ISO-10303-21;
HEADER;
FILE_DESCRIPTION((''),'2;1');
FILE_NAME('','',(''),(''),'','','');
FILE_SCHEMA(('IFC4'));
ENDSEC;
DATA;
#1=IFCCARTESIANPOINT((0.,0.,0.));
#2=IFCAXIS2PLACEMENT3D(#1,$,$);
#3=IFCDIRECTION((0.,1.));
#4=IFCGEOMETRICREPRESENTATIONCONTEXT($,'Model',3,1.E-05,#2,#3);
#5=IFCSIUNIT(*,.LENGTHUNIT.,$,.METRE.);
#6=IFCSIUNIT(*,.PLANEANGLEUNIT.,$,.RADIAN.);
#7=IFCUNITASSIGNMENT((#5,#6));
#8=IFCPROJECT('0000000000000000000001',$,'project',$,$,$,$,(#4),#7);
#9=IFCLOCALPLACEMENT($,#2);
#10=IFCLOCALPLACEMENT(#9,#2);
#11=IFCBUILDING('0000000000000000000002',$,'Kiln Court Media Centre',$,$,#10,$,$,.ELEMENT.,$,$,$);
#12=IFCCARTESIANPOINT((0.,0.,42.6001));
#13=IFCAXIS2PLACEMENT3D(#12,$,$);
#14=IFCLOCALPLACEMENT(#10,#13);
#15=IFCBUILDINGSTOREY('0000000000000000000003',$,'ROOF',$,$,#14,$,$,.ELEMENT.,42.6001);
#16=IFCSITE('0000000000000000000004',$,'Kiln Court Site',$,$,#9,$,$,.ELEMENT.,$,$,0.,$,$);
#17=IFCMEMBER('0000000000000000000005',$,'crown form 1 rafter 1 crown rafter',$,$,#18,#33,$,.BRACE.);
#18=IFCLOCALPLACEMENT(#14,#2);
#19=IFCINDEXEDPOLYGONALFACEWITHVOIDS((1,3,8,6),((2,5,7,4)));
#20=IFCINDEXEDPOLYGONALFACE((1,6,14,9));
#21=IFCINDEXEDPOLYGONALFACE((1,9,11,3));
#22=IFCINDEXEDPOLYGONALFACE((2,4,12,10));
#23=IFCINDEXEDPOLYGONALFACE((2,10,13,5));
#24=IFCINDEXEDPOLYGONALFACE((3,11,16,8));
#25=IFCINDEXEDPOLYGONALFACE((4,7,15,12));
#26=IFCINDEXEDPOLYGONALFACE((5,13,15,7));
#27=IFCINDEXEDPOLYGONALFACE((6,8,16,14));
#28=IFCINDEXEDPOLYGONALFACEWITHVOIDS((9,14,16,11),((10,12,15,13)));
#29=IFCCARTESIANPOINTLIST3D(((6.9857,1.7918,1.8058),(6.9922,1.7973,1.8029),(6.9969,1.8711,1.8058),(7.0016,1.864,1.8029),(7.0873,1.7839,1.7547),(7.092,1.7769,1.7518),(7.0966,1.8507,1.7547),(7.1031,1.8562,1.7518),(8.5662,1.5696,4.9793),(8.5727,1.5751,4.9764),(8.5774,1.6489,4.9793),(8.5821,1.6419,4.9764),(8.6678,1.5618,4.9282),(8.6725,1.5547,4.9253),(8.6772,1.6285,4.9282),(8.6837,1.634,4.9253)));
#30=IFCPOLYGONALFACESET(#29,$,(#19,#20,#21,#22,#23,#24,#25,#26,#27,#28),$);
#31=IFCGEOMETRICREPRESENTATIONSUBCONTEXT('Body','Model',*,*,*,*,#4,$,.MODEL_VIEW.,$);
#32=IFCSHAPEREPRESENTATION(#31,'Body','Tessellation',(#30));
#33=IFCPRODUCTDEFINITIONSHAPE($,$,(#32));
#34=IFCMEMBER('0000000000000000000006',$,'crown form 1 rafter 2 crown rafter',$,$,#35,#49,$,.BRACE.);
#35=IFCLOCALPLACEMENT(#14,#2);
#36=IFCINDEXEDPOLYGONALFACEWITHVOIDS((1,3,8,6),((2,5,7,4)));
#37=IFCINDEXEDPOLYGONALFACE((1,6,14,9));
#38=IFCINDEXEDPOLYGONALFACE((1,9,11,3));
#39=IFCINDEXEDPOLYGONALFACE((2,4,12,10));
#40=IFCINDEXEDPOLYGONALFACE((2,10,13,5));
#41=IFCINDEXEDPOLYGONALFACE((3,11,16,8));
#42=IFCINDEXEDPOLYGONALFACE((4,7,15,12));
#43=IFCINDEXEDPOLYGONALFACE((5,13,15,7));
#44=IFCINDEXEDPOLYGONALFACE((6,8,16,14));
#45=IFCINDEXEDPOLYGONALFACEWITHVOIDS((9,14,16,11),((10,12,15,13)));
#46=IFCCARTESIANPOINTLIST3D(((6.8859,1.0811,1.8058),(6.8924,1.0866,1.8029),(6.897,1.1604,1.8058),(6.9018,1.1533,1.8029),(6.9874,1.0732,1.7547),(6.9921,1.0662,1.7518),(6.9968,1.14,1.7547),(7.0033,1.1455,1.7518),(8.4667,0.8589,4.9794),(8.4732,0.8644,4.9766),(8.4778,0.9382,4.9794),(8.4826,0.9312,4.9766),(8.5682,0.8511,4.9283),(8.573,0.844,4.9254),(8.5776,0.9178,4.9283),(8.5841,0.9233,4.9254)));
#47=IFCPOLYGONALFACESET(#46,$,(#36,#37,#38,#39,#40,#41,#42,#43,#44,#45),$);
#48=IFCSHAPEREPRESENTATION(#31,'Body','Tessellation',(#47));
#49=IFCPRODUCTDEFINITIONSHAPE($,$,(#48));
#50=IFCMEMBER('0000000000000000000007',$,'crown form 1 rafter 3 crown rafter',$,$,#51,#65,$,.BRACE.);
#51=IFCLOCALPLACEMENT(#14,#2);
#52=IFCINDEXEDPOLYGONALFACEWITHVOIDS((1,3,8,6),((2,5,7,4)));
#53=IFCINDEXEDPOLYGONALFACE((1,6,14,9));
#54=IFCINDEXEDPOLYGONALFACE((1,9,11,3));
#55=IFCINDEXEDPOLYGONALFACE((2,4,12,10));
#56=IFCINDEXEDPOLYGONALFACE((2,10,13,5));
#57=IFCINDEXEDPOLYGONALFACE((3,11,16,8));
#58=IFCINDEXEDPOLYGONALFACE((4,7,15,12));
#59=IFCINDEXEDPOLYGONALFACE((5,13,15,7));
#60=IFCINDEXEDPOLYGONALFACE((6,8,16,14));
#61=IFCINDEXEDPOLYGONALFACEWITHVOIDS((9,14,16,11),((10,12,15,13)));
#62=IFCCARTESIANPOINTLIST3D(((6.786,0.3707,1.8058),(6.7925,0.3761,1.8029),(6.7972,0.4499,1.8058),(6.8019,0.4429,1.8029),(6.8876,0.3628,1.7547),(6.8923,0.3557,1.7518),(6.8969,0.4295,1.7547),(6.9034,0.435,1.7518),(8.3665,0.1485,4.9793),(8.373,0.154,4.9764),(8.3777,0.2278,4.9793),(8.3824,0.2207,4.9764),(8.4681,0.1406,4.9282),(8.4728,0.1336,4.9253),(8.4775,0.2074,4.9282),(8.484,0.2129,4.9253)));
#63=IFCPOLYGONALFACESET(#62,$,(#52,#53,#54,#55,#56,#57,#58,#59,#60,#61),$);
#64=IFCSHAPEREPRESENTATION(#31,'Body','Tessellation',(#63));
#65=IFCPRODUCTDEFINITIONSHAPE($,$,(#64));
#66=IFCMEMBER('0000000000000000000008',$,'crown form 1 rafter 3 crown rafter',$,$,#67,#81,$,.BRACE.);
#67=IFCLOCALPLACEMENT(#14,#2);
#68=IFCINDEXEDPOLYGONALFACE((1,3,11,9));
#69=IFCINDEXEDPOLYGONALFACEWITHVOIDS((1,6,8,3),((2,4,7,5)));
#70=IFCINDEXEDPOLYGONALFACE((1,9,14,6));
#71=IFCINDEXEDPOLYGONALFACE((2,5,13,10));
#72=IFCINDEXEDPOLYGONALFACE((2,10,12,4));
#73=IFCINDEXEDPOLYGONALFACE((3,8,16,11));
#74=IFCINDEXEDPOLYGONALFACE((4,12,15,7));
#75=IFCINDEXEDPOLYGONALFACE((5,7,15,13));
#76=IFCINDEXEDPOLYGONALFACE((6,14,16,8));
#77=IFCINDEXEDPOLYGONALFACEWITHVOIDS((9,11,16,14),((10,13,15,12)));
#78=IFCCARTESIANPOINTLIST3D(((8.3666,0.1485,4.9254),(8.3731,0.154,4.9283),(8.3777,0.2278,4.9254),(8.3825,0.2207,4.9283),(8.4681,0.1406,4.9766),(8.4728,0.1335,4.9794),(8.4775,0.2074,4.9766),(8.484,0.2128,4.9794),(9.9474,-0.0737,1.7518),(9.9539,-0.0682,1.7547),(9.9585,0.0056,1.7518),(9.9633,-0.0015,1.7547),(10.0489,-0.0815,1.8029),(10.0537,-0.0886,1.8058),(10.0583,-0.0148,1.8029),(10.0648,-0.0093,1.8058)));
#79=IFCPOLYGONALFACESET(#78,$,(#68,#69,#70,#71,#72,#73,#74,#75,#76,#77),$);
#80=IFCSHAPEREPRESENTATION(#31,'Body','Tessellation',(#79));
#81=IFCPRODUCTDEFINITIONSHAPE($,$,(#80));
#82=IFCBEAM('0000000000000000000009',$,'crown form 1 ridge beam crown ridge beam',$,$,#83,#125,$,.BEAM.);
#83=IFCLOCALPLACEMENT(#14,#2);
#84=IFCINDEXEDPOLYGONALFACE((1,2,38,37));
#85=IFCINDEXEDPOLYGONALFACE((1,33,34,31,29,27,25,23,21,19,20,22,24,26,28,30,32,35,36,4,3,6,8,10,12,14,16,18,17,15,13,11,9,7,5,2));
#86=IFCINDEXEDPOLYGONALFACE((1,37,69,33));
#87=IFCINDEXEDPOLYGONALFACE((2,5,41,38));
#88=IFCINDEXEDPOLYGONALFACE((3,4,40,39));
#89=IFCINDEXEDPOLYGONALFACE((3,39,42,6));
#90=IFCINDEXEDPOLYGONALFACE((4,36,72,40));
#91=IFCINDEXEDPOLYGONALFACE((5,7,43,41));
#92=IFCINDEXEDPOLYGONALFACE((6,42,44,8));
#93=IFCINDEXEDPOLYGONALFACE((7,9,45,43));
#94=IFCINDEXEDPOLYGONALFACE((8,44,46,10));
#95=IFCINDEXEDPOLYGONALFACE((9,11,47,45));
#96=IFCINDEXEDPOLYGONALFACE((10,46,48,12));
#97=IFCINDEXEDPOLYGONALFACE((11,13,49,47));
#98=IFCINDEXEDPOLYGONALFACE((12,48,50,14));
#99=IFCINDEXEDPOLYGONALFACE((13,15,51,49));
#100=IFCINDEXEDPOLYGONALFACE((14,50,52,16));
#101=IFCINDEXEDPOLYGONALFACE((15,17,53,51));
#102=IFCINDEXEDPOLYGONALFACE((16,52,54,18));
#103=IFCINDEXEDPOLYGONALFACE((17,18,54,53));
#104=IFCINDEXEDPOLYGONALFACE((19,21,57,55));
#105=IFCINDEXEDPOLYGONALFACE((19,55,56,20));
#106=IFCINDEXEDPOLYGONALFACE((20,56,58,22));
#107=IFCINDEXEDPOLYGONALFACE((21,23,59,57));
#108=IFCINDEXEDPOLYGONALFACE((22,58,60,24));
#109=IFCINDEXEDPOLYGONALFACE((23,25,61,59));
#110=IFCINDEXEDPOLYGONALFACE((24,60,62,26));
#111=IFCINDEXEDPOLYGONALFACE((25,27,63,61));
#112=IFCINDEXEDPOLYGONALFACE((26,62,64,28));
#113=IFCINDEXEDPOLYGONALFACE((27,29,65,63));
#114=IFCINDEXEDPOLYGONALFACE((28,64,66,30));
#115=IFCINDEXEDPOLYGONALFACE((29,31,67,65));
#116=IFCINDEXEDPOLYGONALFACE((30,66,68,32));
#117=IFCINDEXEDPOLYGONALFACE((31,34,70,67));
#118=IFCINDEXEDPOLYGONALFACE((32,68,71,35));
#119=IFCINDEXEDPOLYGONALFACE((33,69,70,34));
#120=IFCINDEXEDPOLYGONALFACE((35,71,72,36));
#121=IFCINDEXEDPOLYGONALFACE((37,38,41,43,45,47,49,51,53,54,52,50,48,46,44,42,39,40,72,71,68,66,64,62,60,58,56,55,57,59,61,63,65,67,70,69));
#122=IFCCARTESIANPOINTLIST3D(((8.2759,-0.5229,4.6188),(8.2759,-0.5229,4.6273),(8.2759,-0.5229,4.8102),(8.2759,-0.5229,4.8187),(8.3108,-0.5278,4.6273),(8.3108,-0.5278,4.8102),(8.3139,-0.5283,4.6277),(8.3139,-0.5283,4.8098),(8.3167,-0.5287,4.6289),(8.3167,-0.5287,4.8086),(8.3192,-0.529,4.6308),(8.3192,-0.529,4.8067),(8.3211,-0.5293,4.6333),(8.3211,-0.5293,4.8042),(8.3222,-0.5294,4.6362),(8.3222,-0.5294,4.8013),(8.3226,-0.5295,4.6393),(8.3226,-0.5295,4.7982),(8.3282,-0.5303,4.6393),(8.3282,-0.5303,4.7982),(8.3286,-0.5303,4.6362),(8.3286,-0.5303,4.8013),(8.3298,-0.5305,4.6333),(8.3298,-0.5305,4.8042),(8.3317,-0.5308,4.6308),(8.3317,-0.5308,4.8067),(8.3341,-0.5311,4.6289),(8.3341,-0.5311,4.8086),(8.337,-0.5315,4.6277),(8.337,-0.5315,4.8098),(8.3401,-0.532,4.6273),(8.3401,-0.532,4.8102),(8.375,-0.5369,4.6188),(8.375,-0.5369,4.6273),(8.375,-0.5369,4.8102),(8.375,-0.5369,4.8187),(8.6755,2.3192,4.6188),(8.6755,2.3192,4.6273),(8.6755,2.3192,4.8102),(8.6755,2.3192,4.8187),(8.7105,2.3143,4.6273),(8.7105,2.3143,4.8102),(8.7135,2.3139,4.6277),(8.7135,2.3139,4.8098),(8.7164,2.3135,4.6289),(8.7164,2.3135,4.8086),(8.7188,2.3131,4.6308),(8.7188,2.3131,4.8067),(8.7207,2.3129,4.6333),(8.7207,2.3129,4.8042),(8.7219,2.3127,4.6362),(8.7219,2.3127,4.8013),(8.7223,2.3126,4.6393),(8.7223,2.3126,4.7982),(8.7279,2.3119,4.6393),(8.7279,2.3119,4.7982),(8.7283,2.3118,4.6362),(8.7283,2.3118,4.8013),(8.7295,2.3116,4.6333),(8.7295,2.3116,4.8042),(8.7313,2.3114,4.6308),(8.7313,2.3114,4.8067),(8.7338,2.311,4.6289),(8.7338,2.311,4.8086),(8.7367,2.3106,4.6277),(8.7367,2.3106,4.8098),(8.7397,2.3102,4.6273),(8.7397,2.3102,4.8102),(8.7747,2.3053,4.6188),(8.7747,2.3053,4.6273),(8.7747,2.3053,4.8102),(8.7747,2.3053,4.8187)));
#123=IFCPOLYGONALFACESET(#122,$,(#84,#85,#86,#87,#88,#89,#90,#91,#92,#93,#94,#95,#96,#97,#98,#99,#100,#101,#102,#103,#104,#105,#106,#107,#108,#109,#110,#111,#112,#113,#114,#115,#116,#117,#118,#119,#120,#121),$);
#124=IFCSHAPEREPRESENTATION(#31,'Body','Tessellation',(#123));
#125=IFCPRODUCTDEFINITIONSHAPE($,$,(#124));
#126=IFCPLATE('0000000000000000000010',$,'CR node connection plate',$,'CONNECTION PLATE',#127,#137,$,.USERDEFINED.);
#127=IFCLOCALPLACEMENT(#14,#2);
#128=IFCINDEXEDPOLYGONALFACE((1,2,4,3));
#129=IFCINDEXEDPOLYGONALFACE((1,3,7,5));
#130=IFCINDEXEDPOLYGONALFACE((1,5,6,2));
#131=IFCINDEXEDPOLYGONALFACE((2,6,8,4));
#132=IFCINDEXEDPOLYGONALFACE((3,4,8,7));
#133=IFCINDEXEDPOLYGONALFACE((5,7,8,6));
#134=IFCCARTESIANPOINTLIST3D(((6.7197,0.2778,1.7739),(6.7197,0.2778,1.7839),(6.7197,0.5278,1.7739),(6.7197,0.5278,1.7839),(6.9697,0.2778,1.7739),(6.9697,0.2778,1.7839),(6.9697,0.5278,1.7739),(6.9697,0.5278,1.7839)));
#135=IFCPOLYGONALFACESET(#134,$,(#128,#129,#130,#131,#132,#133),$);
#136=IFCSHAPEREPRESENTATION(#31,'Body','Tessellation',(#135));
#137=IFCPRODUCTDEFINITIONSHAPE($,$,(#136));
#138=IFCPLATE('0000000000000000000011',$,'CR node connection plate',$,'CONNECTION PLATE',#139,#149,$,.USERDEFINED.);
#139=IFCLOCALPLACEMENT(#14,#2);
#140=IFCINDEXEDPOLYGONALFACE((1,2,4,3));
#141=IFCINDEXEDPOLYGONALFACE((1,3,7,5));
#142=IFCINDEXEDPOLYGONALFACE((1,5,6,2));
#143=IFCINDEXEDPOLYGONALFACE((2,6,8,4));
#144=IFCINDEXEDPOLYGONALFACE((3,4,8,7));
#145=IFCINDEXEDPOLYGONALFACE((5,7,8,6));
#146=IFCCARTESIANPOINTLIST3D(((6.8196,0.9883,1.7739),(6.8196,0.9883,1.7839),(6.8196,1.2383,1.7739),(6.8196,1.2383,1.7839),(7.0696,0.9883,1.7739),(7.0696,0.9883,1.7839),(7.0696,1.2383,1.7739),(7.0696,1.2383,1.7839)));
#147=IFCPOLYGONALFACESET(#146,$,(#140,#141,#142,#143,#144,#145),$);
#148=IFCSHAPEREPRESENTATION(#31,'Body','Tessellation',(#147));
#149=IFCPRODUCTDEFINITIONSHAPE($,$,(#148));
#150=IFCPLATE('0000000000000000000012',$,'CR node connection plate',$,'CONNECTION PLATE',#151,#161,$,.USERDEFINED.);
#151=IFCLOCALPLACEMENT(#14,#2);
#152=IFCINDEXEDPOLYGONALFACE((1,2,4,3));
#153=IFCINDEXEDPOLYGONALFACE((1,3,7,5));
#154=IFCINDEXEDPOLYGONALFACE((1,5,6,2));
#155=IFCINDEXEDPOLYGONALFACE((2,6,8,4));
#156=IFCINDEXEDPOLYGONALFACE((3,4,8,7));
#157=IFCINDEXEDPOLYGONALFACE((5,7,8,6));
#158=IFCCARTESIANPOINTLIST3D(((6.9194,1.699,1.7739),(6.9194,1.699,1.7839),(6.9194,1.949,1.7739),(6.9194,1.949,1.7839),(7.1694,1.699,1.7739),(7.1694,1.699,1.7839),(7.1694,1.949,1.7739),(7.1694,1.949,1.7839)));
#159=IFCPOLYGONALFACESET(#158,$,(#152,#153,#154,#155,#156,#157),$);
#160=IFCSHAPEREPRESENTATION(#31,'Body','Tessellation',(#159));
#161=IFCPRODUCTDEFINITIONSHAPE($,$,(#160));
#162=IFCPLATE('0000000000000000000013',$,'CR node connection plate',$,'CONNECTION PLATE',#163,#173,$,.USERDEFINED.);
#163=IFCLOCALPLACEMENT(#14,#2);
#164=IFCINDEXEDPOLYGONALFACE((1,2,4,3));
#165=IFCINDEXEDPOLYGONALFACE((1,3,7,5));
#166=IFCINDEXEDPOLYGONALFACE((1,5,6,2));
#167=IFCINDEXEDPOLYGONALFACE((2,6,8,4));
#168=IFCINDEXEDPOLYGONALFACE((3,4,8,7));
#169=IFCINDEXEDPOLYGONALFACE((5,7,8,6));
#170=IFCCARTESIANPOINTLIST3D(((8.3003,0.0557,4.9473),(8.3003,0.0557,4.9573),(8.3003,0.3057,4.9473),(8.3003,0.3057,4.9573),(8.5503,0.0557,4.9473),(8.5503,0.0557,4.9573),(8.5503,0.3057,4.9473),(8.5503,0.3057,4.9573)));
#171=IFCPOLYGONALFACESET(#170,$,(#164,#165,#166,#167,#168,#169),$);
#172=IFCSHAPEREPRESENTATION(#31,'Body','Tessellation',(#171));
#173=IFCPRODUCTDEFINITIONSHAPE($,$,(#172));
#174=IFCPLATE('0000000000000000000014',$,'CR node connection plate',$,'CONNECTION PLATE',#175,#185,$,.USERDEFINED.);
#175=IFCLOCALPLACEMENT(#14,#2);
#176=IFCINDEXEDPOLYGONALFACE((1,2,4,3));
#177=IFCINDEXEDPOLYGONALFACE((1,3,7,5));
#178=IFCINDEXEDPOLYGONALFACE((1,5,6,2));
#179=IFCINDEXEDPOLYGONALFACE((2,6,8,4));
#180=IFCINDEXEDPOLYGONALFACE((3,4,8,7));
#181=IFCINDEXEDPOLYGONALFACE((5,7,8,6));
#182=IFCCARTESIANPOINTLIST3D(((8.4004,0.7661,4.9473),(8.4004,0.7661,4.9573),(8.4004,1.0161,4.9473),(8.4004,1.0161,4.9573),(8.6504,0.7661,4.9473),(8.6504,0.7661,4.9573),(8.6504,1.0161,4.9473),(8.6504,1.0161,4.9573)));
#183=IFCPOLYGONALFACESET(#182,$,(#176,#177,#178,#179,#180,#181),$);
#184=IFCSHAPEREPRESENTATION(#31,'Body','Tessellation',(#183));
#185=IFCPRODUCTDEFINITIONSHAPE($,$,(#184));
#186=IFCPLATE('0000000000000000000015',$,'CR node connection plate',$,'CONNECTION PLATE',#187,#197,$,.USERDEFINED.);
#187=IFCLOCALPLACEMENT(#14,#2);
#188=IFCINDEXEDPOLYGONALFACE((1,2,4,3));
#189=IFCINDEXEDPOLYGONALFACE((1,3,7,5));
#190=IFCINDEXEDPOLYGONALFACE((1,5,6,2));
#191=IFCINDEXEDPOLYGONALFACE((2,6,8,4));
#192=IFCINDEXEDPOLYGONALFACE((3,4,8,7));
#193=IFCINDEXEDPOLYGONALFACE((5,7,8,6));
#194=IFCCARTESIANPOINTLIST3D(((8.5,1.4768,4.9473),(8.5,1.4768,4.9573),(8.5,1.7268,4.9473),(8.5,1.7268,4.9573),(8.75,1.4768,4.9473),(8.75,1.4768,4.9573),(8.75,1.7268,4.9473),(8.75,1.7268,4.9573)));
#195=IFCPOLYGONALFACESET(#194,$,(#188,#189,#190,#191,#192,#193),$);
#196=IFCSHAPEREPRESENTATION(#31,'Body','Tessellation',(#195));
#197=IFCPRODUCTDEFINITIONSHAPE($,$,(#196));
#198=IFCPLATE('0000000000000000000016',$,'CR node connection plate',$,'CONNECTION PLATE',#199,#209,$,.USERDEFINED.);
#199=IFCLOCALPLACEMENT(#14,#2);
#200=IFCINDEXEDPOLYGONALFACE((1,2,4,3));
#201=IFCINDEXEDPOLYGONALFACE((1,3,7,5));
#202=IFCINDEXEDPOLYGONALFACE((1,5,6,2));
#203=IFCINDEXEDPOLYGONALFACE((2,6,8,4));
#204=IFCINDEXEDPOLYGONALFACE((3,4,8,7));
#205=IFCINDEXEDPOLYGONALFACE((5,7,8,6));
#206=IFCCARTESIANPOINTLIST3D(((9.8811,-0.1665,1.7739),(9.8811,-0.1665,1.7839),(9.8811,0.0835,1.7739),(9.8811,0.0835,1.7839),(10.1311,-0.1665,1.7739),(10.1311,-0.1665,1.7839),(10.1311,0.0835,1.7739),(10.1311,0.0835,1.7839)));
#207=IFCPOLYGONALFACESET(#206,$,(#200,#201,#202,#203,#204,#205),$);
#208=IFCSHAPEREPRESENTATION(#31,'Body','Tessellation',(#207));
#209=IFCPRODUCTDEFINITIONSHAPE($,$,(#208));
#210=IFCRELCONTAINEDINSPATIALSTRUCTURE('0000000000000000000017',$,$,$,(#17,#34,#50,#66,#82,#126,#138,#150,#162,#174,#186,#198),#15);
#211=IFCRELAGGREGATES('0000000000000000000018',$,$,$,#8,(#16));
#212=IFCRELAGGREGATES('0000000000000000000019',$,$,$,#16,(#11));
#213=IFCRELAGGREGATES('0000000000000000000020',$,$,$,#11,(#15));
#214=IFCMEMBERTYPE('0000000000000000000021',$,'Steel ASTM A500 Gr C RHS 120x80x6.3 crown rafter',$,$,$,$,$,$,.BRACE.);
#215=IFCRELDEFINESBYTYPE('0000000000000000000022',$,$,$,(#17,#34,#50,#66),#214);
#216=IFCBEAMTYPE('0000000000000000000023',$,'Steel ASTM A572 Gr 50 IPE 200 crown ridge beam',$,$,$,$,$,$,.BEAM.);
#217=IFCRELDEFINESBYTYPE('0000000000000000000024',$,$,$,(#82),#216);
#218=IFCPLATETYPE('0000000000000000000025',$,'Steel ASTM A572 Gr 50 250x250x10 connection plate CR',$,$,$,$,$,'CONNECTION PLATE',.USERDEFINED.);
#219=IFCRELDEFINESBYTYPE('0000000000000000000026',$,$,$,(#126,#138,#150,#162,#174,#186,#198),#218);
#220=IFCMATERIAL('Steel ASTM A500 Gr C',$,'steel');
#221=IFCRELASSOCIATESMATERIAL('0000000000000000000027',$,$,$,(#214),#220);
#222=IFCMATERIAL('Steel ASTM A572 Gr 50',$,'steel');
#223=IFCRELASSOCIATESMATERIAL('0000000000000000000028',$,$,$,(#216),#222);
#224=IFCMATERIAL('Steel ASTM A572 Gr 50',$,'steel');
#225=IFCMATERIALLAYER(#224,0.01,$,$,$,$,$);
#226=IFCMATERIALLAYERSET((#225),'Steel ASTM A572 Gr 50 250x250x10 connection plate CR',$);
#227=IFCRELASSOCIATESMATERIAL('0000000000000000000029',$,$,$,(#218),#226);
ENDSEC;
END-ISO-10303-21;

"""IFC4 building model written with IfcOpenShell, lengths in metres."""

from ifc_helpers import new_model, si_unit, direction, frame, origin, origin_2d, place, context, subcontext, project, spatial, rectangle, hollow_rectangle, i_section, extrude, material, layer, layer_set, material_profile, profile_set, type_object, element, save


model = new_model("IFC4")

# Units and contexts
model_context = context("Model", 3, precision=1e-05, world=origin(), true_north=direction((0.0, 1.0)))
body_context = subcontext(model_context, "Body", "Model", "MODEL_VIEW")
ifc_project = project(units=[si_unit("LENGTHUNIT", "METRE"), si_unit("PLANEANGLEUNIT", "RADIAN")], contexts=[model_context])

# Site, building, storey
site_placement = place(None, origin())
site = spatial("IfcSite", under=ifc_project, at=site_placement, Name="Kiln Court Site", CompositionType="ELEMENT", RefElevation=0.0)
building_placement = place(site_placement, origin())
building = spatial("IfcBuilding", under=site, at=building_placement, Name="Kiln Court Media Centre", CompositionType="ELEMENT")
storey_placement = place(building_placement, frame((0.0, 0.0, 42.6001)))
storey = spatial("IfcBuildingStorey", under=building, at=storey_placement, Name="ROOF", CompositionType="ELEMENT", Elevation=42.6001)

# Members
ifc_material_1 = material(Name="Steel ASTM A500 Gr C", Category="steel")
ifc_material_profile_1 = material_profile(ifc_material_1, hollow_rectangle(XDim=0.0801, YDim=0.1201, WallThickness=0.0063, at=origin_2d()), Name="RHS 120x80x6.3")
ifc_profile_set_1 = profile_set([ifc_material_profile_1], Name="Steel ASTM A500 Gr C")
member_type = type_object("IfcMemberType", Name="Steel ASTM A500 Gr C RHS 120x80x6.3 crown rafter", PredefinedType="BRACE", material=ifc_profile_set_1)
member_1_placement = place(storey_placement, frame((7.0444, 1.824, 1.7788), z_axis=(0.444936, -0.062541, 0.893376), x_axis=(0.139194, 0.990265, 0.0)))
element("IfcMember", 1, at=member_1_placement, inside=storey, type_object=member_type, Name="crown form 1 rafter 1 crown rafter", PredefinedType="BRACE", context=body_context, shape_type="SweptSolid", body=[
    extrude(hollow_rectangle(XDim=0.0801, YDim=0.1201, WallThickness=0.0063, at=origin_2d()), origin(), (0.0, 0.0, 1.0), 3.5522),
])
member_2_placement = place(storey_placement, frame((6.9446, 1.1133, 1.7788), z_axis=(0.444991, -0.062539, 0.893349), x_axis=(0.139173, 0.990268, 0.0)))
element("IfcMember", 2, at=member_2_placement, inside=storey, type_object=member_type, Name="crown form 1 rafter 2 crown rafter", PredefinedType="BRACE", context=body_context, shape_type="SweptSolid", body=[
    extrude(hollow_rectangle(XDim=0.0801, YDim=0.1201, WallThickness=0.0063, at=origin_2d()), origin(), (0.0, 0.0, 1.0), 3.5525),
])
member_3_placement = place(storey_placement, frame((6.8447, 0.4028, 1.7788), z_axis=(0.444936, -0.062541, 0.893376), x_axis=(0.139194, 0.990265, 0.0)))
element("IfcMember", 3, at=member_3_placement, inside=storey, type_object=member_type, Name="crown form 1 rafter 3 crown rafter", PredefinedType="BRACE", context=body_context, shape_type="SweptSolid", body=[
    extrude(hollow_rectangle(XDim=0.0801, YDim=0.1201, WallThickness=0.0063, at=origin_2d()), origin(), (0.0, 0.0, 1.0), 3.5522),
])
member_4_placement = place(storey_placement, frame((10.0061, -0.0415, 1.7788), z_axis=(-0.444991, 0.062539, 0.893349), x_axis=(-0.139173, -0.990268, 0.0)))
element("IfcMember", 4, at=member_4_placement, inside=storey, type_object=member_type, Name="crown form 1 rafter 3 crown rafter", PredefinedType="BRACE", context=body_context, shape_type="SweptSolid", body=[
    extrude(hollow_rectangle(XDim=0.0801, YDim=0.1201, WallThickness=0.0063, at=origin_2d()), origin(), (0.0, 0.0, 1.0), 3.5525),
])

# Beam
ifc_material_2 = material(Name="Steel ASTM A572 Gr 50", Category="steel")
ifc_material_profile_2 = material_profile(ifc_material_2, i_section(OverallWidth=0.1001, OverallDepth=0.2, WebThickness=0.0056, FlangeThickness=0.0085, FilletRadius=0.012, at=origin_2d()), Name="IPE 200")
ifc_profile_set_2 = profile_set([ifc_material_profile_2], Name="Steel ASTM A572 Gr 50")
beam_type_1 = type_object("IfcBeamType", Name="Steel ASTM A572 Gr 50 IPE 200 crown ridge beam", PredefinedType="BEAM", material=ifc_profile_set_2)
beam_1_placement = place(storey_placement, frame((8.7251, 2.3123, 4.7188), z_axis=(-0.139254, -0.990257, 0.0), x_axis=(0.990257, -0.139254, 0.0)))
element("IfcBeam", 5, at=beam_1_placement, inside=storey, type_object=beam_type_1, Name="crown form 1 ridge beam crown ridge beam", PredefinedType="BEAM", context=body_context, shape_type="SweptSolid", body=[
    extrude(i_section(OverallWidth=0.1001, OverallDepth=0.2, WebThickness=0.0056, FlangeThickness=0.0085, FilletRadius=0.012, at=origin_2d()), origin(), (0.0, 0.0, 1.0), 2.8701),
])

# Plates
ifc_material_3 = material(Name="Steel ASTM A572 Gr 50", Category="steel")
ifc_layer_1 = layer(ifc_material_3, 0.01)
ifc_layer_set_1 = layer_set([ifc_layer_1], Name="Steel ASTM A572 Gr 50 250x250x10 connection plate CR")
plate_type_1 = type_object("IfcPlateType", Name="Steel ASTM A572 Gr 50 250x250x10 connection plate CR", ElementType="CONNECTION PLATE", PredefinedType="USERDEFINED", material=ifc_layer_set_1)
for number, where, z_axis, x_axis, name in (
    (6, (6.8447, 0.4028, 1.7739), (0.0, 0.0, 1.0), (1.0, 0.0, 0.0), "CR node connection plate"),
    (7, (6.9446, 1.1133, 1.7739), (0.0, 0.0, 1.0), (1.0, 0.0, 0.0), "CR node connection plate"),
    (8, (7.0444, 1.824, 1.7739), (0.0, 0.0, 1.0), (1.0, 0.0, 0.0), "CR node connection plate"),
    (9, (8.4253, 0.1807, 4.9473), (0.0, 0.0, 1.0), (1.0, 0.0, 0.0), "CR node connection plate"),
    (10, (8.5254, 0.8911, 4.9473), (0.0, 0.0, 1.0), (1.0, 0.0, 0.0), "CR node connection plate"),
    (11, (8.625, 1.6018, 4.9473), (0.0, 0.0, 1.0), (1.0, 0.0, 0.0), "CR node connection plate"),
    (12, (10.0061, -0.0415, 1.7739), (0.0, 0.0, 1.0), (1.0, 0.0, 0.0), "CR node connection plate"),
):
    element("IfcPlate", number, at=place(storey_placement, frame(where, z_axis=z_axis, x_axis=x_axis)), inside=storey, type_object=plate_type_1, Name=name, ObjectType="CONNECTION PLATE", PredefinedType="USERDEFINED", context=body_context, shape_type="SweptSolid", body=[
        extrude(rectangle(XDim=0.25, YDim=0.25, at=origin_2d()), origin(), (0.0, 0.0, 1.0), 0.01),
    ])

save(model, "model.ifc")
